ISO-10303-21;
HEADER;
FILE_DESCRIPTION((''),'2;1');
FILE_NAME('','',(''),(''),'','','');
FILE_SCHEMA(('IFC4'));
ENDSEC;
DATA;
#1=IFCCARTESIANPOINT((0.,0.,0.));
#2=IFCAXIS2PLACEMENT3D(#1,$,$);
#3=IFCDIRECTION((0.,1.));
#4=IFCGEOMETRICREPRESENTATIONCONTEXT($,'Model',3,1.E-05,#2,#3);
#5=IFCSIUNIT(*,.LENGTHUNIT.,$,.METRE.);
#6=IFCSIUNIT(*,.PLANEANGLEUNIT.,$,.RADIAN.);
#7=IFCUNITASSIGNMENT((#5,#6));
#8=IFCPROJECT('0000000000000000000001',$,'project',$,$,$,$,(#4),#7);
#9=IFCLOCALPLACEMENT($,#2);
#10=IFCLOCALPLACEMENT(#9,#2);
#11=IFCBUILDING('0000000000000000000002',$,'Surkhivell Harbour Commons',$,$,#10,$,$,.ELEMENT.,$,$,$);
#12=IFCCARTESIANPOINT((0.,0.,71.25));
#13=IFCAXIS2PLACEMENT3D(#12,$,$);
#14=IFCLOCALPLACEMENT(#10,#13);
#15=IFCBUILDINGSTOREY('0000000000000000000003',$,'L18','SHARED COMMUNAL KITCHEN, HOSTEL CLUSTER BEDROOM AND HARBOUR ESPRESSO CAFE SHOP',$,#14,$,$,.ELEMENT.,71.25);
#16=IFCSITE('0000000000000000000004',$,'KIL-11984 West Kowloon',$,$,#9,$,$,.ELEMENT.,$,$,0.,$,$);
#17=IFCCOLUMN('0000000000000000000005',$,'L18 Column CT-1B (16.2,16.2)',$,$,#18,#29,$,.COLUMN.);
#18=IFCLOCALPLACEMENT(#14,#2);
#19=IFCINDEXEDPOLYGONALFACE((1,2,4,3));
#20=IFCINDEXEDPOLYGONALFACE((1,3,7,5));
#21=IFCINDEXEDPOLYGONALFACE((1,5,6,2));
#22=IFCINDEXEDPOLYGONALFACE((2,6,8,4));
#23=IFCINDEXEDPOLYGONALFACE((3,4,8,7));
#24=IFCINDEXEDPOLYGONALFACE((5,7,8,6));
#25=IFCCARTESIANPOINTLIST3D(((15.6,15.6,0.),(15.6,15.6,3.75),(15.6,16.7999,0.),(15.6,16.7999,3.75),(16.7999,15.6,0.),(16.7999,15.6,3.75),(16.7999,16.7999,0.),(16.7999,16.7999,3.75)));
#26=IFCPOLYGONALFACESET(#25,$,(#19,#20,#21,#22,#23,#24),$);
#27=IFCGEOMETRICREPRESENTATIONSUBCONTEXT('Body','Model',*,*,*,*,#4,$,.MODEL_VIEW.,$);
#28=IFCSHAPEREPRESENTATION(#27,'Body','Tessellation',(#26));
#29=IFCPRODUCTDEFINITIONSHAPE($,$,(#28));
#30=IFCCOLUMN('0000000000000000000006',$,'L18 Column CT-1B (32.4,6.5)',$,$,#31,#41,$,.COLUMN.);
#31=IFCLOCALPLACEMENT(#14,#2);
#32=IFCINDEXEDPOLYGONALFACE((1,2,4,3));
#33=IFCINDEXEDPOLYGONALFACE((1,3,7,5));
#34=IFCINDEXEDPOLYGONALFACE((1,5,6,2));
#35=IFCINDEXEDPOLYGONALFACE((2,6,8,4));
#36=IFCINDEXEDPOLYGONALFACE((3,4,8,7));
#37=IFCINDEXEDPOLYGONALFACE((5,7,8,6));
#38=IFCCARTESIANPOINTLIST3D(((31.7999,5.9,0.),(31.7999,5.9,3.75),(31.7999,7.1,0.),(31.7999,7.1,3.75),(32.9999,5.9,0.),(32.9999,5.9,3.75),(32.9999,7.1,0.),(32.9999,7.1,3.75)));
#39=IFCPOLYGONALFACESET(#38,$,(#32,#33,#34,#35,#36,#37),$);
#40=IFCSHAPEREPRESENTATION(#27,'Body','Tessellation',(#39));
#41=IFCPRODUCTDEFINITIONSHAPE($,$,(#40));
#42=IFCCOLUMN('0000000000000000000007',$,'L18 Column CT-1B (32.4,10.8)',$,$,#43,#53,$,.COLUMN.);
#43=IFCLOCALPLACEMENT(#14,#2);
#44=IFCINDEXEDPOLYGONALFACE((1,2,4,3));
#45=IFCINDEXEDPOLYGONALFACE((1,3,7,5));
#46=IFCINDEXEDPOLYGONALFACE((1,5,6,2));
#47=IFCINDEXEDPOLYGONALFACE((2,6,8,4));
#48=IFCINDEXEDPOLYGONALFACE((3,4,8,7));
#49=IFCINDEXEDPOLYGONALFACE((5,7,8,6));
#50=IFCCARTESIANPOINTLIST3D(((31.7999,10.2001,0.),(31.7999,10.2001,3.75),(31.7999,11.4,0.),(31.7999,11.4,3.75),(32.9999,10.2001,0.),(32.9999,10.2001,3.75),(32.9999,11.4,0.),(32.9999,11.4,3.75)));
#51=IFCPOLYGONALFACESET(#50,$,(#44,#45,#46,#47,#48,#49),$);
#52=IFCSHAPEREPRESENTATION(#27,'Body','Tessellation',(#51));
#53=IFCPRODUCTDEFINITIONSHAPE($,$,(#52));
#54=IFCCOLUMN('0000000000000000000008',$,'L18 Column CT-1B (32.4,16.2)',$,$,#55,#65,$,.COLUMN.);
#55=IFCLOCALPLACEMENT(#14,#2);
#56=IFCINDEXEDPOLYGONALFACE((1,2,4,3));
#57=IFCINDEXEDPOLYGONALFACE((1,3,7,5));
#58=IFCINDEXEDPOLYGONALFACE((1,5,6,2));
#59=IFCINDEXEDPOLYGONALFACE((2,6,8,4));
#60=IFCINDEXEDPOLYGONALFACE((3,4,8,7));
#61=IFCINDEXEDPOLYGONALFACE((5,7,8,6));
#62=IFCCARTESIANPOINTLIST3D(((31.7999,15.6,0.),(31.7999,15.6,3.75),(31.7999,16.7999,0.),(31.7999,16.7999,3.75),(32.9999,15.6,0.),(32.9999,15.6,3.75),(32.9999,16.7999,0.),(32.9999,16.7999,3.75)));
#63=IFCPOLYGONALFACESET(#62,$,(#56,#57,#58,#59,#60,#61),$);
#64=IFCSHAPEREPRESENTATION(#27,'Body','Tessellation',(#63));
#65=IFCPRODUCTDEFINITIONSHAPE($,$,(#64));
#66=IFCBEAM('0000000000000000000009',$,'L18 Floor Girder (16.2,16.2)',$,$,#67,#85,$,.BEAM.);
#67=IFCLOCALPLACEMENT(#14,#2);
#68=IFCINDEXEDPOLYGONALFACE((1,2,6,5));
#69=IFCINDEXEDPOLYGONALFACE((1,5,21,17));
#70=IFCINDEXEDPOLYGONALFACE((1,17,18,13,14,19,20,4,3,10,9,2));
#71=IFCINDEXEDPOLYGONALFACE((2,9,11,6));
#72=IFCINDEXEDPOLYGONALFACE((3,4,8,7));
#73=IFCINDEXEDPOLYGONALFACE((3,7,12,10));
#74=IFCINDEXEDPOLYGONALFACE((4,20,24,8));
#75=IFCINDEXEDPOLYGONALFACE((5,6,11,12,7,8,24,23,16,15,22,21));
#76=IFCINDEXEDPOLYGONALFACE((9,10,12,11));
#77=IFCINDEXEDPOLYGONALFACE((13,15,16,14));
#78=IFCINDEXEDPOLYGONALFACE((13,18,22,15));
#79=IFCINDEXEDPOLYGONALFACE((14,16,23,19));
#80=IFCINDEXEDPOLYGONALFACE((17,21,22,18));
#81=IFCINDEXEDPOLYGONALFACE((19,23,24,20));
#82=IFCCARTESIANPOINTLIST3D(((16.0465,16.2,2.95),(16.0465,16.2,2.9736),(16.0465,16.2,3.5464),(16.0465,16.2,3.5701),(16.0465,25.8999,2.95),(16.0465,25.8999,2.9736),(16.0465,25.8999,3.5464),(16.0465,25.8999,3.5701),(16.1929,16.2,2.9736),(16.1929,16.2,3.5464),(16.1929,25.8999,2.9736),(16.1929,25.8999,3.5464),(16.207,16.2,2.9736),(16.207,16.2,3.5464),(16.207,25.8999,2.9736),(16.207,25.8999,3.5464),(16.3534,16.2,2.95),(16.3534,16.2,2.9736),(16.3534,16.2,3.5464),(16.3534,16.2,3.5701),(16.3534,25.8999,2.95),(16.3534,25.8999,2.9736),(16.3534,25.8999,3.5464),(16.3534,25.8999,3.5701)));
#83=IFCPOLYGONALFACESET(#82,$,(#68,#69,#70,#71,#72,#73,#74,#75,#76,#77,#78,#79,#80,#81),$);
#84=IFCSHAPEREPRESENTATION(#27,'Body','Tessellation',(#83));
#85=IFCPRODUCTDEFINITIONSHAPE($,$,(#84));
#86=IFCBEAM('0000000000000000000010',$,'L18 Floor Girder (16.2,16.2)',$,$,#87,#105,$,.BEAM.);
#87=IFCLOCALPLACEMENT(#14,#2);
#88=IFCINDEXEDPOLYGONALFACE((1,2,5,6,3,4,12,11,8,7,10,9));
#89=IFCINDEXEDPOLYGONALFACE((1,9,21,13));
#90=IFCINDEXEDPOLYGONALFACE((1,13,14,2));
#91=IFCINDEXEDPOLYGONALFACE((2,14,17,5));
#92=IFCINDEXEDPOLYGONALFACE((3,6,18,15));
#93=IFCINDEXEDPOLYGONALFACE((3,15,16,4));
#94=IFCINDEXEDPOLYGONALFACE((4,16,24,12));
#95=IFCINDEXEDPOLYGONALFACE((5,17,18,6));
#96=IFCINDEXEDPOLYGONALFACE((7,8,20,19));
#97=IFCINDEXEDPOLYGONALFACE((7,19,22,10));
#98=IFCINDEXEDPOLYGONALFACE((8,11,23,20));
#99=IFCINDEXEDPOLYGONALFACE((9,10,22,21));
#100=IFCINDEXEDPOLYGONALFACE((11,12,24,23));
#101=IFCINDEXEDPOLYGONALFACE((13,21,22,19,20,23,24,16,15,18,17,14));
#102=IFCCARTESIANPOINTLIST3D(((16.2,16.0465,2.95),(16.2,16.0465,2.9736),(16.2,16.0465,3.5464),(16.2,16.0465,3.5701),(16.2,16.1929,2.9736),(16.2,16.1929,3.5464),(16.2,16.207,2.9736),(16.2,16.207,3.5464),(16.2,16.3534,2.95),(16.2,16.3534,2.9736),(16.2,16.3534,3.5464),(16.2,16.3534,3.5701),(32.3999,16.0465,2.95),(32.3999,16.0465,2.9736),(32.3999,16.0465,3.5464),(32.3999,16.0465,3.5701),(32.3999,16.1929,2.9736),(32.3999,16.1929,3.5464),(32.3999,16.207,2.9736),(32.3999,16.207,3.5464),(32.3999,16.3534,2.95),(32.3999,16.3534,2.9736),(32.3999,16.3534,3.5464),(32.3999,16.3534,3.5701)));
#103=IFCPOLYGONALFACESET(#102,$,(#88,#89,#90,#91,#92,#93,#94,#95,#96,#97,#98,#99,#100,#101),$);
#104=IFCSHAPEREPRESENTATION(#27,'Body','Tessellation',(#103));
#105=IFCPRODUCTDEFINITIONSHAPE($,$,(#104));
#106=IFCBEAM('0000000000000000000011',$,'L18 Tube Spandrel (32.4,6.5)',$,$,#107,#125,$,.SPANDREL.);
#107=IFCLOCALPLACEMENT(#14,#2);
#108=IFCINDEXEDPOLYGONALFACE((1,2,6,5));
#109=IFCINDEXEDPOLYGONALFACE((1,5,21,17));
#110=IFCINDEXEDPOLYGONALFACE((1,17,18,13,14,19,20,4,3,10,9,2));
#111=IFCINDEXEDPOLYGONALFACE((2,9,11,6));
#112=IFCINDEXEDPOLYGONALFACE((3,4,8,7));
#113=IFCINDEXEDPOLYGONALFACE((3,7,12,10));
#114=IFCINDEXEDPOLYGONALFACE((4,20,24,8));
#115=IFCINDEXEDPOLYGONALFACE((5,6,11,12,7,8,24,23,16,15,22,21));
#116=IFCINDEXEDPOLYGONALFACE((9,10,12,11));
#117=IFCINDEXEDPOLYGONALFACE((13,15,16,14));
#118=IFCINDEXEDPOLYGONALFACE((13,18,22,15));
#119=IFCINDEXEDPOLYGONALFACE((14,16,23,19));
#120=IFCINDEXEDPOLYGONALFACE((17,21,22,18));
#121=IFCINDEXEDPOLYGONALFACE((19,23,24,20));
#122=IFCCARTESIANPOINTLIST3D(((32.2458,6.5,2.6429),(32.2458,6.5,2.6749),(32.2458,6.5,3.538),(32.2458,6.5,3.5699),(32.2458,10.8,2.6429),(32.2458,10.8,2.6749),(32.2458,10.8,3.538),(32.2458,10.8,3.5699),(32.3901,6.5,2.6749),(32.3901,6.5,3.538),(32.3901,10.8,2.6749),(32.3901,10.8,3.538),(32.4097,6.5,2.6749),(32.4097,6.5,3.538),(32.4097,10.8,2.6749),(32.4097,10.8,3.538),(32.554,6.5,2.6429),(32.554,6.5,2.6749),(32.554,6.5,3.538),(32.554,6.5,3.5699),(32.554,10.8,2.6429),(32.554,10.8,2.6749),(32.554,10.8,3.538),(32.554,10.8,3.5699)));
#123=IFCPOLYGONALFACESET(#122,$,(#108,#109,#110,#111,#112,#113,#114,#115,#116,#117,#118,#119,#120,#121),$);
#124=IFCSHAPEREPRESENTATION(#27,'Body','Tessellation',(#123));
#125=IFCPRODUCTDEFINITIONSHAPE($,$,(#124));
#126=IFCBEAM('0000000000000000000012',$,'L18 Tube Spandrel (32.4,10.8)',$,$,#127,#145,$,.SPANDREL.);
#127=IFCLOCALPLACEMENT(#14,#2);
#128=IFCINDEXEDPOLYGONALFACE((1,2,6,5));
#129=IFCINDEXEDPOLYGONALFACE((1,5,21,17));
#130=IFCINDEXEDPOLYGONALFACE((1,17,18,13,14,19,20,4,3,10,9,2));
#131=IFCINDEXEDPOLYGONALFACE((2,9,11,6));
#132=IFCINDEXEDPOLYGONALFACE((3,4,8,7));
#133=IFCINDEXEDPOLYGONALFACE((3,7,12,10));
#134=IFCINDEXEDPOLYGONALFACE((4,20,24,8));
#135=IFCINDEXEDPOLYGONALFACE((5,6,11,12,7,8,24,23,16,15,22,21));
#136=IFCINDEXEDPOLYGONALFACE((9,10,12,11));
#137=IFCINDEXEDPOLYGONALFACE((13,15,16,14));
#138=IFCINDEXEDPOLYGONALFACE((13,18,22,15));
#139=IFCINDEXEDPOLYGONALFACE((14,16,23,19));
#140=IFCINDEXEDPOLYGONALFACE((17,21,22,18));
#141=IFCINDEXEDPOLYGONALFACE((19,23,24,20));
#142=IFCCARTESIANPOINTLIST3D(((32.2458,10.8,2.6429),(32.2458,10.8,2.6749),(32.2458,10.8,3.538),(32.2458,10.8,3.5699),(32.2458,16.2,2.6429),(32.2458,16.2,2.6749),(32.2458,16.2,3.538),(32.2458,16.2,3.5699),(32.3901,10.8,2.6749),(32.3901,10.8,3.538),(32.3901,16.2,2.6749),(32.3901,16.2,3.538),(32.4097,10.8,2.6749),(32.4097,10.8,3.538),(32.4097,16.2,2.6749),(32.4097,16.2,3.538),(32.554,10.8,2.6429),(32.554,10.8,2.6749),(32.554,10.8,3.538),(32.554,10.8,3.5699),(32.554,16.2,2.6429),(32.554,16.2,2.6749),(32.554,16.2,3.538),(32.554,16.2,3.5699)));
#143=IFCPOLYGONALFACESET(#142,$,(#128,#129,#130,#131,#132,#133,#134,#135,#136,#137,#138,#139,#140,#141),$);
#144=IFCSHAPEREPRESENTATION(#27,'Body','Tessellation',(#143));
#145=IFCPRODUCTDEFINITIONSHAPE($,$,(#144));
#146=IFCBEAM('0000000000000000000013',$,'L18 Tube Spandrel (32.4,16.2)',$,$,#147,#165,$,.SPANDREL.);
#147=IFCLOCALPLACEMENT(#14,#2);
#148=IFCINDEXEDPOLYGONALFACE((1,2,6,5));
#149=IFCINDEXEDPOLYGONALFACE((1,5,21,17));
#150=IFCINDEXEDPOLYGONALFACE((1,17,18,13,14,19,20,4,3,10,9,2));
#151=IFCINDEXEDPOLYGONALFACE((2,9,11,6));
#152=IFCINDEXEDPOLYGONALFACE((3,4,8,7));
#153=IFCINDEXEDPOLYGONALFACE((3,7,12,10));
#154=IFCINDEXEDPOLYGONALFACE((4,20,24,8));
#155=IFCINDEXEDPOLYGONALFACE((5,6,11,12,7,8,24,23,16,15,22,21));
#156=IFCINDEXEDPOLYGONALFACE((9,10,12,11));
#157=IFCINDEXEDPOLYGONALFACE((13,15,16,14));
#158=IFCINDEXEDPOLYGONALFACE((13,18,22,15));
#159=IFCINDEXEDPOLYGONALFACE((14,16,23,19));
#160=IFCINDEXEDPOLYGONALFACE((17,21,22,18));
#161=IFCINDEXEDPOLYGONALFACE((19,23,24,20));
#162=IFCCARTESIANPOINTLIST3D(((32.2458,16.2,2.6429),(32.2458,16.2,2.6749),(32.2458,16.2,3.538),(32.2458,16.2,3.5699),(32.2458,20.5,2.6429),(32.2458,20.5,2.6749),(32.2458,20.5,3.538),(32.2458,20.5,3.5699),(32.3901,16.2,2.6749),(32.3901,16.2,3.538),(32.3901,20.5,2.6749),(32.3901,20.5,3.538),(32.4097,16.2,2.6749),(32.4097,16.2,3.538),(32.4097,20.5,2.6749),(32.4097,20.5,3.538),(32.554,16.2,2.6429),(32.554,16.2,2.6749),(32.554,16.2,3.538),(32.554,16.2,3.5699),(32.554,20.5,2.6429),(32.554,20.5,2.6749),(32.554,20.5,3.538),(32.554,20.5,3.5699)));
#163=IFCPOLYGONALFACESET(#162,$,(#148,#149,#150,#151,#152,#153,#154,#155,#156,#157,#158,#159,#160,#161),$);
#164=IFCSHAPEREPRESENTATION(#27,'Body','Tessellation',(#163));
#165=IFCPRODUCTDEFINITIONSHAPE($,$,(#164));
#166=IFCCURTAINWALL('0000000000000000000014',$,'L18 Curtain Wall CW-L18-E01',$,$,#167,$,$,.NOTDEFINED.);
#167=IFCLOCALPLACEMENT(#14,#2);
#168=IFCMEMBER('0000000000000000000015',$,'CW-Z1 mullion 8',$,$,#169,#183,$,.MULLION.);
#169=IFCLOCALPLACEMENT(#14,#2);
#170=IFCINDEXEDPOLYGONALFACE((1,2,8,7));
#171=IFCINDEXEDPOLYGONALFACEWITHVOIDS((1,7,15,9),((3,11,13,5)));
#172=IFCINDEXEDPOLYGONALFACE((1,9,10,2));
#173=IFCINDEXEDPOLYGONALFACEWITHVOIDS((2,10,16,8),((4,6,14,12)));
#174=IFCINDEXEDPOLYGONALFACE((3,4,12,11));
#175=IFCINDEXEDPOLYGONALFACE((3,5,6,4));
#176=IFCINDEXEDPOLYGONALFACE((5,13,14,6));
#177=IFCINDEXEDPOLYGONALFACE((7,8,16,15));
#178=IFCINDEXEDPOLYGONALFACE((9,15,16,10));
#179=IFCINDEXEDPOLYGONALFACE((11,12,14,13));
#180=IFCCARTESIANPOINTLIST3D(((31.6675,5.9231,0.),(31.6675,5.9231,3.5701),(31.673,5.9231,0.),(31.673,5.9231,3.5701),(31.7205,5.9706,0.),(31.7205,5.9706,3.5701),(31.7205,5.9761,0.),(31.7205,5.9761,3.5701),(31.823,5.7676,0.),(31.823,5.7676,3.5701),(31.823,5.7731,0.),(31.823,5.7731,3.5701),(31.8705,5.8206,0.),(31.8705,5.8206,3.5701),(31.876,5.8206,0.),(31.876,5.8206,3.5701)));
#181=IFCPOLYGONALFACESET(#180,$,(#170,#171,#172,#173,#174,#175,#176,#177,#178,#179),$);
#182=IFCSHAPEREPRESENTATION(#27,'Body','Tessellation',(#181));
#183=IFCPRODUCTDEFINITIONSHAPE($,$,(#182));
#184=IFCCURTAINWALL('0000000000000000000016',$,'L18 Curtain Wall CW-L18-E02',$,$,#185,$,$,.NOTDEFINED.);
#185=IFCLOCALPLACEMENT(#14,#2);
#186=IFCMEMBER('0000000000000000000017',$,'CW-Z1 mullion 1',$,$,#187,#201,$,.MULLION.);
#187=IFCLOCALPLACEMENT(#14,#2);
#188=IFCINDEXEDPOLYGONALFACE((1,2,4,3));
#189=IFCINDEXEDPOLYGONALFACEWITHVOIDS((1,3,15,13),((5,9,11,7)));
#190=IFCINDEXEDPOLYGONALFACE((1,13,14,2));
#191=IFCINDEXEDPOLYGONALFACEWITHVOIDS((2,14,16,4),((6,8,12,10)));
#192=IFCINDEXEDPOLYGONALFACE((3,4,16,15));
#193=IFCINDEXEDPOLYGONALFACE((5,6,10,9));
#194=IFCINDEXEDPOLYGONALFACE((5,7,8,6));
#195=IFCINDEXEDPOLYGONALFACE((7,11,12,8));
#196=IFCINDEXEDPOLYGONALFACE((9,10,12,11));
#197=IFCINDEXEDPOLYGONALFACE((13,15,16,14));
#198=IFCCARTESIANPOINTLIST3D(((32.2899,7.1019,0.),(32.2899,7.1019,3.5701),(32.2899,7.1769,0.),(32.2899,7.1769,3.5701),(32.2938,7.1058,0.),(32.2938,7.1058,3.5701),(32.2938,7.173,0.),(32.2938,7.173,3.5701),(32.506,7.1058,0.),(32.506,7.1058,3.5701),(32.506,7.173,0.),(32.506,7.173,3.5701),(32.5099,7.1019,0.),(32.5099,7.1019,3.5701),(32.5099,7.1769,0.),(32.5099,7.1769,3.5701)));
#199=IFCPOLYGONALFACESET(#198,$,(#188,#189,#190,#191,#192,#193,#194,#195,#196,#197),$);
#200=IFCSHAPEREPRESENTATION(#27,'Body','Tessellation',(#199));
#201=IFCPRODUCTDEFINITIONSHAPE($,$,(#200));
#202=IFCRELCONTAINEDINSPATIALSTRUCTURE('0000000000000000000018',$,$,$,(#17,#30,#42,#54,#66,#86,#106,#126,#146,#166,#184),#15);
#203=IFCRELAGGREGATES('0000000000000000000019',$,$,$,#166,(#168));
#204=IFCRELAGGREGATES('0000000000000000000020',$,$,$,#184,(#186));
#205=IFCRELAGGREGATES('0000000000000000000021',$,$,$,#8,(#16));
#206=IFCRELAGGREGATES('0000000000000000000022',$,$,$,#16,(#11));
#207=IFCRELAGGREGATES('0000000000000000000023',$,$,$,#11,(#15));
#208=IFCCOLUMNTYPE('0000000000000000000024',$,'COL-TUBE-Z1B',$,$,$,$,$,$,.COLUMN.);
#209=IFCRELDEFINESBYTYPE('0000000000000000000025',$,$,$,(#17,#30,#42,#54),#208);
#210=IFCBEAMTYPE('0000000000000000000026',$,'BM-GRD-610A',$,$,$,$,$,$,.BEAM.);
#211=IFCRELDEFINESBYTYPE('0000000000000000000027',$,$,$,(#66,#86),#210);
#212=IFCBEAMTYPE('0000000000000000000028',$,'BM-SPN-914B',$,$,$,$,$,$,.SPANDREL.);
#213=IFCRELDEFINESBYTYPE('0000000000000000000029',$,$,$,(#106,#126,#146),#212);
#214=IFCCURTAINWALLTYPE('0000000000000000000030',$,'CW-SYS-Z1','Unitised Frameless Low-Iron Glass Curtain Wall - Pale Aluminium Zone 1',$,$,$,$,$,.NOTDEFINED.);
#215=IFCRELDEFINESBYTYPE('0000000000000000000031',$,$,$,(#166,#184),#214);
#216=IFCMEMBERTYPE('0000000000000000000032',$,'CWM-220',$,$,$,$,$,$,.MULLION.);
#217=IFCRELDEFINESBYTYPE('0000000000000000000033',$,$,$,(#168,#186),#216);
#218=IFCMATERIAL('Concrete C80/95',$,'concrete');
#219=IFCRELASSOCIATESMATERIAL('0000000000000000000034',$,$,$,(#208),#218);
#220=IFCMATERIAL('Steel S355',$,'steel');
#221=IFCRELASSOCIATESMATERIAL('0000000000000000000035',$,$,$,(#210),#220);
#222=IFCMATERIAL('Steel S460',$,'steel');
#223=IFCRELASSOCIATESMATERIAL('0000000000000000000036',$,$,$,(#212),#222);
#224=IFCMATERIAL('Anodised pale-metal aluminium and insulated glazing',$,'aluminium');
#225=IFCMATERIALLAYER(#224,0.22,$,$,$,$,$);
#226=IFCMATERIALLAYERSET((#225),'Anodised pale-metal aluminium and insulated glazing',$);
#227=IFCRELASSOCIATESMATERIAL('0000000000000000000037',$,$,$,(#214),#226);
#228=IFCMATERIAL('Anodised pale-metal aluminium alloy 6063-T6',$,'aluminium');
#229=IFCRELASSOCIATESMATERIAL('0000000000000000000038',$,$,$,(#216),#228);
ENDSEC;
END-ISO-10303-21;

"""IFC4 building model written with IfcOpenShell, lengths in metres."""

from ifc_helpers import new_model, si_unit, direction, frame, origin, origin_2d, place, context, subcontext, project, spatial, rectangle, hollow_rectangle, i_section, extrude, material, layer, layer_set, material_profile, profile_set, type_object, element, aggregate, save


model = new_model("IFC4")

# Units and contexts
model_context = context("Model", 3, precision=1e-05, world=origin(), true_north=direction((0.0, 1.0)))
body_context = subcontext(model_context, "Body", "Model", "MODEL_VIEW")
ifc_project = project(units=[si_unit("LENGTHUNIT", "METRE"), si_unit("PLANEANGLEUNIT", "RADIAN")], contexts=[model_context])

# Site, building, storey
site_placement = place(None, origin())
site = spatial("IfcSite", under=ifc_project, at=site_placement, Name="KIL-11984 West Kowloon", CompositionType="ELEMENT", RefElevation=0.0)
building_placement = place(site_placement, origin())
building = spatial("IfcBuilding", under=site, at=building_placement, Name="Surkhivell Harbour Commons", CompositionType="ELEMENT")
storey_placement = place(building_placement, frame((0.0, 0.0, 71.25)))
storey = spatial("IfcBuildingStorey", under=building, at=storey_placement, Name="L18", Description="SHARED COMMUNAL KITCHEN, HOSTEL CLUSTER BEDROOM AND HARBOUR ESPRESSO CAFE SHOP", CompositionType="ELEMENT", Elevation=71.25)

# Columns
ifc_material_1 = material(Name="Concrete C80/95", Category="concrete")
ifc_material_profile_1 = material_profile(ifc_material_1, rectangle(XDim=1.2, YDim=1.2, at=origin_2d()), Name="RC-COL-1200x1200")
ifc_profile_set_1 = profile_set([ifc_material_profile_1], Name="Concrete C80/95")
column_type = type_object("IfcColumnType", Name="COL-TUBE-Z1B", PredefinedType="COLUMN", material=ifc_profile_set_1)
for number, where, z_axis, x_axis, name in (
    (1, (16.2, 16.2, 0.0), (0.0, 0.0, 1.0), (1.0, 0.0, 0.0), "L18 Column CT-1B (16.2,16.2)"),
    (2, (32.3999, 6.5, 0.0), (0.0, 0.0, 1.0), (1.0, 0.0, 0.0), "L18 Column CT-1B (32.4,6.5)"),
    (3, (32.3999, 10.8, 0.0), (0.0, 0.0, 1.0), (1.0, 0.0, 0.0), "L18 Column CT-1B (32.4,10.8)"),
    (4, (32.3999, 16.2, 0.0), (0.0, 0.0, 1.0), (1.0, 0.0, 0.0), "L18 Column CT-1B (32.4,16.2)"),
):
    element("IfcColumn", number, at=place(storey_placement, frame(where, z_axis=z_axis, x_axis=x_axis)), inside=storey, type_object=column_type, Name=name, PredefinedType="COLUMN", context=body_context, shape_type="SweptSolid", body=[
        extrude(rectangle(XDim=1.2, YDim=1.2, at=origin_2d()), origin(), (0.0, 0.0, 1.0), 3.75),
    ])

# Beams
ifc_material_2 = material(Name="Steel S355", Category="steel")
ifc_material_profile_2 = material_profile(ifc_material_2, i_section(OverallWidth=0.3069, OverallDepth=0.6201, WebThickness=0.0142, FlangeThickness=0.0237, at=origin_2d()), Name="UB610x305x179")
ifc_profile_set_2 = profile_set([ifc_material_profile_2], Name="Steel S355")
beam_type_1 = type_object("IfcBeamType", Name="BM-GRD-610A", PredefinedType="BEAM", material=ifc_profile_set_2)
beam_1_placement = place(storey_placement, frame((16.2, 16.2, 3.26), z_axis=(0.0, 1.0, 0.0), x_axis=(-1.0, 0.0, 0.0)))
element("IfcBeam", 5, at=beam_1_placement, inside=storey, type_object=beam_type_1, Name="L18 Floor Girder (16.2,16.2)", PredefinedType="BEAM", context=body_context, shape_type="SweptSolid", body=[
    extrude(i_section(OverallWidth=0.3069, OverallDepth=0.6201, WebThickness=0.0142, FlangeThickness=0.0237, at=origin_2d()), origin(), (0.0, 0.0, 1.0), 9.7),
])
beam_2_placement = place(storey_placement, frame((16.2, 16.2, 3.26), z_axis=(1.0, 0.0, 0.0), x_axis=(0.0, 1.0, 0.0)))
element("IfcBeam", 6, at=beam_2_placement, inside=storey, type_object=beam_type_1, Name="L18 Floor Girder (16.2,16.2)", PredefinedType="BEAM", context=body_context, shape_type="SweptSolid", body=[
    extrude(i_section(OverallWidth=0.3069, OverallDepth=0.6201, WebThickness=0.0142, FlangeThickness=0.0237, at=origin_2d()), origin(), (0.0, 0.0, 1.0), 16.2),
])
ifc_material_3 = material(Name="Steel S460", Category="steel")
ifc_material_profile_3 = material_profile(ifc_material_3, i_section(OverallWidth=0.3081, OverallDepth=0.927, WebThickness=0.0195, FlangeThickness=0.032, at=origin_2d()), Name="UB914x305x289")
ifc_profile_set_3 = profile_set([ifc_material_profile_3], Name="Steel S460")
beam_type_2 = type_object("IfcBeamType", Name="BM-SPN-914B", PredefinedType="SPANDREL", material=ifc_profile_set_3)
beam_3_placement = place(storey_placement, frame((32.3999, 6.5, 3.1064), z_axis=(0.0, 1.0, 0.0), x_axis=(-1.0, 0.0, 0.0)))
element("IfcBeam", 7, at=beam_3_placement, inside=storey, type_object=beam_type_2, Name="L18 Tube Spandrel (32.4,6.5)", PredefinedType="SPANDREL", context=body_context, shape_type="SweptSolid", body=[
    extrude(i_section(OverallWidth=0.3081, OverallDepth=0.927, WebThickness=0.0195, FlangeThickness=0.032, at=origin_2d()), origin(), (0.0, 0.0, 1.0), 4.3),
])
beam_4_placement = place(storey_placement, frame((32.3999, 10.8, 3.1064), z_axis=(0.0, 1.0, 0.0), x_axis=(-1.0, 0.0, 0.0)))
element("IfcBeam", 8, at=beam_4_placement, inside=storey, type_object=beam_type_2, Name="L18 Tube Spandrel (32.4,10.8)", PredefinedType="SPANDREL", context=body_context, shape_type="SweptSolid", body=[
    extrude(i_section(OverallWidth=0.3081, OverallDepth=0.927, WebThickness=0.0195, FlangeThickness=0.032, at=origin_2d()), origin(), (0.0, 0.0, 1.0), 5.3999),
])
beam_5_placement = place(storey_placement, frame((32.3999, 16.2, 3.1064), z_axis=(0.0, 1.0, 0.0), x_axis=(-1.0, 0.0, 0.0)))
element("IfcBeam", 9, at=beam_5_placement, inside=storey, type_object=beam_type_2, Name="L18 Tube Spandrel (32.4,16.2)", PredefinedType="SPANDREL", context=body_context, shape_type="SweptSolid", body=[
    extrude(i_section(OverallWidth=0.3081, OverallDepth=0.927, WebThickness=0.0195, FlangeThickness=0.032, at=origin_2d()), origin(), (0.0, 0.0, 1.0), 4.3),
])

# Curtain wall, member
ifc_material_4 = material(Name="Anodised pale-metal aluminium and insulated glazing", Category="aluminium")
ifc_layer_1 = layer(ifc_material_4, 0.22)
ifc_layer_set_1 = layer_set([ifc_layer_1], Name="Anodised pale-metal aluminium and insulated glazing")
curtain_wall_type = type_object("IfcCurtainWallType", Name="CW-SYS-Z1", Description="Unitised Frameless Low-Iron Glass Curtain Wall - Pale Aluminium Zone 1", PredefinedType="NOTDEFINED", material=ifc_layer_set_1)
curtain_wall_1_placement = place(storey_placement, origin())
curtain_wall_1 = element("IfcCurtainWall", 10, at=curtain_wall_1_placement, inside=storey, type_object=curtain_wall_type, Name="L18 Curtain Wall CW-L18-E01", PredefinedType="NOTDEFINED")
ifc_material_5 = material(Name="Anodised pale-metal aluminium alloy 6063-T6", Category="aluminium")
ifc_material_profile_4 = material_profile(ifc_material_5, hollow_rectangle(XDim=0.075, YDim=0.22, WallThickness=0.0039, at=origin_2d()), Name="ALU-MULL-75x220")
ifc_profile_set_4 = profile_set([ifc_material_profile_4], Name="Anodised pale-metal aluminium alloy 6063-T6")
member_type_1 = type_object("IfcMemberType", Name="CWM-220", PredefinedType="MULLION", material=ifc_profile_set_4)
member_1_placement = place(storey_placement, frame((31.7717, 5.8718, 0.0), z_axis=(0.0, 0.0, 1.0), x_axis=(0.707107, 0.707107, 0.0)))
member_1 = element("IfcMember", 11, at=member_1_placement, type_object=member_type_1, Name="CW-Z1 mullion 8", PredefinedType="MULLION", context=body_context, shape_type="SweptSolid", body=[
    extrude(hollow_rectangle(XDim=0.075, YDim=0.22, WallThickness=0.0039, at=origin_2d()), origin(), (0.0, 0.0, 1.0), 3.5701),
])

# Curtain wall, member
curtain_wall_2_placement = place(storey_placement, origin())
curtain_wall_2 = element("IfcCurtainWall", 12, at=curtain_wall_2_placement, inside=storey, type_object=curtain_wall_type, Name="L18 Curtain Wall CW-L18-E02", PredefinedType="NOTDEFINED")
member_2_placement = place(storey_placement, frame((32.3999, 7.1394, 0.0), z_axis=(0.0, 0.0, 1.0), x_axis=(0.0, 1.0, 0.0)))
member_2 = element("IfcMember", 13, at=member_2_placement, type_object=member_type_1, Name="CW-Z1 mullion 1", PredefinedType="MULLION", context=body_context, shape_type="SweptSolid", body=[
    extrude(hollow_rectangle(XDim=0.075, YDim=0.22, WallThickness=0.0039, at=origin_2d()), origin(), (0.0, 0.0, 1.0), 3.5701),
])

aggregate(curtain_wall_1, [member_1])
aggregate(curtain_wall_2, [member_2])

save(model, "model.ifc")
